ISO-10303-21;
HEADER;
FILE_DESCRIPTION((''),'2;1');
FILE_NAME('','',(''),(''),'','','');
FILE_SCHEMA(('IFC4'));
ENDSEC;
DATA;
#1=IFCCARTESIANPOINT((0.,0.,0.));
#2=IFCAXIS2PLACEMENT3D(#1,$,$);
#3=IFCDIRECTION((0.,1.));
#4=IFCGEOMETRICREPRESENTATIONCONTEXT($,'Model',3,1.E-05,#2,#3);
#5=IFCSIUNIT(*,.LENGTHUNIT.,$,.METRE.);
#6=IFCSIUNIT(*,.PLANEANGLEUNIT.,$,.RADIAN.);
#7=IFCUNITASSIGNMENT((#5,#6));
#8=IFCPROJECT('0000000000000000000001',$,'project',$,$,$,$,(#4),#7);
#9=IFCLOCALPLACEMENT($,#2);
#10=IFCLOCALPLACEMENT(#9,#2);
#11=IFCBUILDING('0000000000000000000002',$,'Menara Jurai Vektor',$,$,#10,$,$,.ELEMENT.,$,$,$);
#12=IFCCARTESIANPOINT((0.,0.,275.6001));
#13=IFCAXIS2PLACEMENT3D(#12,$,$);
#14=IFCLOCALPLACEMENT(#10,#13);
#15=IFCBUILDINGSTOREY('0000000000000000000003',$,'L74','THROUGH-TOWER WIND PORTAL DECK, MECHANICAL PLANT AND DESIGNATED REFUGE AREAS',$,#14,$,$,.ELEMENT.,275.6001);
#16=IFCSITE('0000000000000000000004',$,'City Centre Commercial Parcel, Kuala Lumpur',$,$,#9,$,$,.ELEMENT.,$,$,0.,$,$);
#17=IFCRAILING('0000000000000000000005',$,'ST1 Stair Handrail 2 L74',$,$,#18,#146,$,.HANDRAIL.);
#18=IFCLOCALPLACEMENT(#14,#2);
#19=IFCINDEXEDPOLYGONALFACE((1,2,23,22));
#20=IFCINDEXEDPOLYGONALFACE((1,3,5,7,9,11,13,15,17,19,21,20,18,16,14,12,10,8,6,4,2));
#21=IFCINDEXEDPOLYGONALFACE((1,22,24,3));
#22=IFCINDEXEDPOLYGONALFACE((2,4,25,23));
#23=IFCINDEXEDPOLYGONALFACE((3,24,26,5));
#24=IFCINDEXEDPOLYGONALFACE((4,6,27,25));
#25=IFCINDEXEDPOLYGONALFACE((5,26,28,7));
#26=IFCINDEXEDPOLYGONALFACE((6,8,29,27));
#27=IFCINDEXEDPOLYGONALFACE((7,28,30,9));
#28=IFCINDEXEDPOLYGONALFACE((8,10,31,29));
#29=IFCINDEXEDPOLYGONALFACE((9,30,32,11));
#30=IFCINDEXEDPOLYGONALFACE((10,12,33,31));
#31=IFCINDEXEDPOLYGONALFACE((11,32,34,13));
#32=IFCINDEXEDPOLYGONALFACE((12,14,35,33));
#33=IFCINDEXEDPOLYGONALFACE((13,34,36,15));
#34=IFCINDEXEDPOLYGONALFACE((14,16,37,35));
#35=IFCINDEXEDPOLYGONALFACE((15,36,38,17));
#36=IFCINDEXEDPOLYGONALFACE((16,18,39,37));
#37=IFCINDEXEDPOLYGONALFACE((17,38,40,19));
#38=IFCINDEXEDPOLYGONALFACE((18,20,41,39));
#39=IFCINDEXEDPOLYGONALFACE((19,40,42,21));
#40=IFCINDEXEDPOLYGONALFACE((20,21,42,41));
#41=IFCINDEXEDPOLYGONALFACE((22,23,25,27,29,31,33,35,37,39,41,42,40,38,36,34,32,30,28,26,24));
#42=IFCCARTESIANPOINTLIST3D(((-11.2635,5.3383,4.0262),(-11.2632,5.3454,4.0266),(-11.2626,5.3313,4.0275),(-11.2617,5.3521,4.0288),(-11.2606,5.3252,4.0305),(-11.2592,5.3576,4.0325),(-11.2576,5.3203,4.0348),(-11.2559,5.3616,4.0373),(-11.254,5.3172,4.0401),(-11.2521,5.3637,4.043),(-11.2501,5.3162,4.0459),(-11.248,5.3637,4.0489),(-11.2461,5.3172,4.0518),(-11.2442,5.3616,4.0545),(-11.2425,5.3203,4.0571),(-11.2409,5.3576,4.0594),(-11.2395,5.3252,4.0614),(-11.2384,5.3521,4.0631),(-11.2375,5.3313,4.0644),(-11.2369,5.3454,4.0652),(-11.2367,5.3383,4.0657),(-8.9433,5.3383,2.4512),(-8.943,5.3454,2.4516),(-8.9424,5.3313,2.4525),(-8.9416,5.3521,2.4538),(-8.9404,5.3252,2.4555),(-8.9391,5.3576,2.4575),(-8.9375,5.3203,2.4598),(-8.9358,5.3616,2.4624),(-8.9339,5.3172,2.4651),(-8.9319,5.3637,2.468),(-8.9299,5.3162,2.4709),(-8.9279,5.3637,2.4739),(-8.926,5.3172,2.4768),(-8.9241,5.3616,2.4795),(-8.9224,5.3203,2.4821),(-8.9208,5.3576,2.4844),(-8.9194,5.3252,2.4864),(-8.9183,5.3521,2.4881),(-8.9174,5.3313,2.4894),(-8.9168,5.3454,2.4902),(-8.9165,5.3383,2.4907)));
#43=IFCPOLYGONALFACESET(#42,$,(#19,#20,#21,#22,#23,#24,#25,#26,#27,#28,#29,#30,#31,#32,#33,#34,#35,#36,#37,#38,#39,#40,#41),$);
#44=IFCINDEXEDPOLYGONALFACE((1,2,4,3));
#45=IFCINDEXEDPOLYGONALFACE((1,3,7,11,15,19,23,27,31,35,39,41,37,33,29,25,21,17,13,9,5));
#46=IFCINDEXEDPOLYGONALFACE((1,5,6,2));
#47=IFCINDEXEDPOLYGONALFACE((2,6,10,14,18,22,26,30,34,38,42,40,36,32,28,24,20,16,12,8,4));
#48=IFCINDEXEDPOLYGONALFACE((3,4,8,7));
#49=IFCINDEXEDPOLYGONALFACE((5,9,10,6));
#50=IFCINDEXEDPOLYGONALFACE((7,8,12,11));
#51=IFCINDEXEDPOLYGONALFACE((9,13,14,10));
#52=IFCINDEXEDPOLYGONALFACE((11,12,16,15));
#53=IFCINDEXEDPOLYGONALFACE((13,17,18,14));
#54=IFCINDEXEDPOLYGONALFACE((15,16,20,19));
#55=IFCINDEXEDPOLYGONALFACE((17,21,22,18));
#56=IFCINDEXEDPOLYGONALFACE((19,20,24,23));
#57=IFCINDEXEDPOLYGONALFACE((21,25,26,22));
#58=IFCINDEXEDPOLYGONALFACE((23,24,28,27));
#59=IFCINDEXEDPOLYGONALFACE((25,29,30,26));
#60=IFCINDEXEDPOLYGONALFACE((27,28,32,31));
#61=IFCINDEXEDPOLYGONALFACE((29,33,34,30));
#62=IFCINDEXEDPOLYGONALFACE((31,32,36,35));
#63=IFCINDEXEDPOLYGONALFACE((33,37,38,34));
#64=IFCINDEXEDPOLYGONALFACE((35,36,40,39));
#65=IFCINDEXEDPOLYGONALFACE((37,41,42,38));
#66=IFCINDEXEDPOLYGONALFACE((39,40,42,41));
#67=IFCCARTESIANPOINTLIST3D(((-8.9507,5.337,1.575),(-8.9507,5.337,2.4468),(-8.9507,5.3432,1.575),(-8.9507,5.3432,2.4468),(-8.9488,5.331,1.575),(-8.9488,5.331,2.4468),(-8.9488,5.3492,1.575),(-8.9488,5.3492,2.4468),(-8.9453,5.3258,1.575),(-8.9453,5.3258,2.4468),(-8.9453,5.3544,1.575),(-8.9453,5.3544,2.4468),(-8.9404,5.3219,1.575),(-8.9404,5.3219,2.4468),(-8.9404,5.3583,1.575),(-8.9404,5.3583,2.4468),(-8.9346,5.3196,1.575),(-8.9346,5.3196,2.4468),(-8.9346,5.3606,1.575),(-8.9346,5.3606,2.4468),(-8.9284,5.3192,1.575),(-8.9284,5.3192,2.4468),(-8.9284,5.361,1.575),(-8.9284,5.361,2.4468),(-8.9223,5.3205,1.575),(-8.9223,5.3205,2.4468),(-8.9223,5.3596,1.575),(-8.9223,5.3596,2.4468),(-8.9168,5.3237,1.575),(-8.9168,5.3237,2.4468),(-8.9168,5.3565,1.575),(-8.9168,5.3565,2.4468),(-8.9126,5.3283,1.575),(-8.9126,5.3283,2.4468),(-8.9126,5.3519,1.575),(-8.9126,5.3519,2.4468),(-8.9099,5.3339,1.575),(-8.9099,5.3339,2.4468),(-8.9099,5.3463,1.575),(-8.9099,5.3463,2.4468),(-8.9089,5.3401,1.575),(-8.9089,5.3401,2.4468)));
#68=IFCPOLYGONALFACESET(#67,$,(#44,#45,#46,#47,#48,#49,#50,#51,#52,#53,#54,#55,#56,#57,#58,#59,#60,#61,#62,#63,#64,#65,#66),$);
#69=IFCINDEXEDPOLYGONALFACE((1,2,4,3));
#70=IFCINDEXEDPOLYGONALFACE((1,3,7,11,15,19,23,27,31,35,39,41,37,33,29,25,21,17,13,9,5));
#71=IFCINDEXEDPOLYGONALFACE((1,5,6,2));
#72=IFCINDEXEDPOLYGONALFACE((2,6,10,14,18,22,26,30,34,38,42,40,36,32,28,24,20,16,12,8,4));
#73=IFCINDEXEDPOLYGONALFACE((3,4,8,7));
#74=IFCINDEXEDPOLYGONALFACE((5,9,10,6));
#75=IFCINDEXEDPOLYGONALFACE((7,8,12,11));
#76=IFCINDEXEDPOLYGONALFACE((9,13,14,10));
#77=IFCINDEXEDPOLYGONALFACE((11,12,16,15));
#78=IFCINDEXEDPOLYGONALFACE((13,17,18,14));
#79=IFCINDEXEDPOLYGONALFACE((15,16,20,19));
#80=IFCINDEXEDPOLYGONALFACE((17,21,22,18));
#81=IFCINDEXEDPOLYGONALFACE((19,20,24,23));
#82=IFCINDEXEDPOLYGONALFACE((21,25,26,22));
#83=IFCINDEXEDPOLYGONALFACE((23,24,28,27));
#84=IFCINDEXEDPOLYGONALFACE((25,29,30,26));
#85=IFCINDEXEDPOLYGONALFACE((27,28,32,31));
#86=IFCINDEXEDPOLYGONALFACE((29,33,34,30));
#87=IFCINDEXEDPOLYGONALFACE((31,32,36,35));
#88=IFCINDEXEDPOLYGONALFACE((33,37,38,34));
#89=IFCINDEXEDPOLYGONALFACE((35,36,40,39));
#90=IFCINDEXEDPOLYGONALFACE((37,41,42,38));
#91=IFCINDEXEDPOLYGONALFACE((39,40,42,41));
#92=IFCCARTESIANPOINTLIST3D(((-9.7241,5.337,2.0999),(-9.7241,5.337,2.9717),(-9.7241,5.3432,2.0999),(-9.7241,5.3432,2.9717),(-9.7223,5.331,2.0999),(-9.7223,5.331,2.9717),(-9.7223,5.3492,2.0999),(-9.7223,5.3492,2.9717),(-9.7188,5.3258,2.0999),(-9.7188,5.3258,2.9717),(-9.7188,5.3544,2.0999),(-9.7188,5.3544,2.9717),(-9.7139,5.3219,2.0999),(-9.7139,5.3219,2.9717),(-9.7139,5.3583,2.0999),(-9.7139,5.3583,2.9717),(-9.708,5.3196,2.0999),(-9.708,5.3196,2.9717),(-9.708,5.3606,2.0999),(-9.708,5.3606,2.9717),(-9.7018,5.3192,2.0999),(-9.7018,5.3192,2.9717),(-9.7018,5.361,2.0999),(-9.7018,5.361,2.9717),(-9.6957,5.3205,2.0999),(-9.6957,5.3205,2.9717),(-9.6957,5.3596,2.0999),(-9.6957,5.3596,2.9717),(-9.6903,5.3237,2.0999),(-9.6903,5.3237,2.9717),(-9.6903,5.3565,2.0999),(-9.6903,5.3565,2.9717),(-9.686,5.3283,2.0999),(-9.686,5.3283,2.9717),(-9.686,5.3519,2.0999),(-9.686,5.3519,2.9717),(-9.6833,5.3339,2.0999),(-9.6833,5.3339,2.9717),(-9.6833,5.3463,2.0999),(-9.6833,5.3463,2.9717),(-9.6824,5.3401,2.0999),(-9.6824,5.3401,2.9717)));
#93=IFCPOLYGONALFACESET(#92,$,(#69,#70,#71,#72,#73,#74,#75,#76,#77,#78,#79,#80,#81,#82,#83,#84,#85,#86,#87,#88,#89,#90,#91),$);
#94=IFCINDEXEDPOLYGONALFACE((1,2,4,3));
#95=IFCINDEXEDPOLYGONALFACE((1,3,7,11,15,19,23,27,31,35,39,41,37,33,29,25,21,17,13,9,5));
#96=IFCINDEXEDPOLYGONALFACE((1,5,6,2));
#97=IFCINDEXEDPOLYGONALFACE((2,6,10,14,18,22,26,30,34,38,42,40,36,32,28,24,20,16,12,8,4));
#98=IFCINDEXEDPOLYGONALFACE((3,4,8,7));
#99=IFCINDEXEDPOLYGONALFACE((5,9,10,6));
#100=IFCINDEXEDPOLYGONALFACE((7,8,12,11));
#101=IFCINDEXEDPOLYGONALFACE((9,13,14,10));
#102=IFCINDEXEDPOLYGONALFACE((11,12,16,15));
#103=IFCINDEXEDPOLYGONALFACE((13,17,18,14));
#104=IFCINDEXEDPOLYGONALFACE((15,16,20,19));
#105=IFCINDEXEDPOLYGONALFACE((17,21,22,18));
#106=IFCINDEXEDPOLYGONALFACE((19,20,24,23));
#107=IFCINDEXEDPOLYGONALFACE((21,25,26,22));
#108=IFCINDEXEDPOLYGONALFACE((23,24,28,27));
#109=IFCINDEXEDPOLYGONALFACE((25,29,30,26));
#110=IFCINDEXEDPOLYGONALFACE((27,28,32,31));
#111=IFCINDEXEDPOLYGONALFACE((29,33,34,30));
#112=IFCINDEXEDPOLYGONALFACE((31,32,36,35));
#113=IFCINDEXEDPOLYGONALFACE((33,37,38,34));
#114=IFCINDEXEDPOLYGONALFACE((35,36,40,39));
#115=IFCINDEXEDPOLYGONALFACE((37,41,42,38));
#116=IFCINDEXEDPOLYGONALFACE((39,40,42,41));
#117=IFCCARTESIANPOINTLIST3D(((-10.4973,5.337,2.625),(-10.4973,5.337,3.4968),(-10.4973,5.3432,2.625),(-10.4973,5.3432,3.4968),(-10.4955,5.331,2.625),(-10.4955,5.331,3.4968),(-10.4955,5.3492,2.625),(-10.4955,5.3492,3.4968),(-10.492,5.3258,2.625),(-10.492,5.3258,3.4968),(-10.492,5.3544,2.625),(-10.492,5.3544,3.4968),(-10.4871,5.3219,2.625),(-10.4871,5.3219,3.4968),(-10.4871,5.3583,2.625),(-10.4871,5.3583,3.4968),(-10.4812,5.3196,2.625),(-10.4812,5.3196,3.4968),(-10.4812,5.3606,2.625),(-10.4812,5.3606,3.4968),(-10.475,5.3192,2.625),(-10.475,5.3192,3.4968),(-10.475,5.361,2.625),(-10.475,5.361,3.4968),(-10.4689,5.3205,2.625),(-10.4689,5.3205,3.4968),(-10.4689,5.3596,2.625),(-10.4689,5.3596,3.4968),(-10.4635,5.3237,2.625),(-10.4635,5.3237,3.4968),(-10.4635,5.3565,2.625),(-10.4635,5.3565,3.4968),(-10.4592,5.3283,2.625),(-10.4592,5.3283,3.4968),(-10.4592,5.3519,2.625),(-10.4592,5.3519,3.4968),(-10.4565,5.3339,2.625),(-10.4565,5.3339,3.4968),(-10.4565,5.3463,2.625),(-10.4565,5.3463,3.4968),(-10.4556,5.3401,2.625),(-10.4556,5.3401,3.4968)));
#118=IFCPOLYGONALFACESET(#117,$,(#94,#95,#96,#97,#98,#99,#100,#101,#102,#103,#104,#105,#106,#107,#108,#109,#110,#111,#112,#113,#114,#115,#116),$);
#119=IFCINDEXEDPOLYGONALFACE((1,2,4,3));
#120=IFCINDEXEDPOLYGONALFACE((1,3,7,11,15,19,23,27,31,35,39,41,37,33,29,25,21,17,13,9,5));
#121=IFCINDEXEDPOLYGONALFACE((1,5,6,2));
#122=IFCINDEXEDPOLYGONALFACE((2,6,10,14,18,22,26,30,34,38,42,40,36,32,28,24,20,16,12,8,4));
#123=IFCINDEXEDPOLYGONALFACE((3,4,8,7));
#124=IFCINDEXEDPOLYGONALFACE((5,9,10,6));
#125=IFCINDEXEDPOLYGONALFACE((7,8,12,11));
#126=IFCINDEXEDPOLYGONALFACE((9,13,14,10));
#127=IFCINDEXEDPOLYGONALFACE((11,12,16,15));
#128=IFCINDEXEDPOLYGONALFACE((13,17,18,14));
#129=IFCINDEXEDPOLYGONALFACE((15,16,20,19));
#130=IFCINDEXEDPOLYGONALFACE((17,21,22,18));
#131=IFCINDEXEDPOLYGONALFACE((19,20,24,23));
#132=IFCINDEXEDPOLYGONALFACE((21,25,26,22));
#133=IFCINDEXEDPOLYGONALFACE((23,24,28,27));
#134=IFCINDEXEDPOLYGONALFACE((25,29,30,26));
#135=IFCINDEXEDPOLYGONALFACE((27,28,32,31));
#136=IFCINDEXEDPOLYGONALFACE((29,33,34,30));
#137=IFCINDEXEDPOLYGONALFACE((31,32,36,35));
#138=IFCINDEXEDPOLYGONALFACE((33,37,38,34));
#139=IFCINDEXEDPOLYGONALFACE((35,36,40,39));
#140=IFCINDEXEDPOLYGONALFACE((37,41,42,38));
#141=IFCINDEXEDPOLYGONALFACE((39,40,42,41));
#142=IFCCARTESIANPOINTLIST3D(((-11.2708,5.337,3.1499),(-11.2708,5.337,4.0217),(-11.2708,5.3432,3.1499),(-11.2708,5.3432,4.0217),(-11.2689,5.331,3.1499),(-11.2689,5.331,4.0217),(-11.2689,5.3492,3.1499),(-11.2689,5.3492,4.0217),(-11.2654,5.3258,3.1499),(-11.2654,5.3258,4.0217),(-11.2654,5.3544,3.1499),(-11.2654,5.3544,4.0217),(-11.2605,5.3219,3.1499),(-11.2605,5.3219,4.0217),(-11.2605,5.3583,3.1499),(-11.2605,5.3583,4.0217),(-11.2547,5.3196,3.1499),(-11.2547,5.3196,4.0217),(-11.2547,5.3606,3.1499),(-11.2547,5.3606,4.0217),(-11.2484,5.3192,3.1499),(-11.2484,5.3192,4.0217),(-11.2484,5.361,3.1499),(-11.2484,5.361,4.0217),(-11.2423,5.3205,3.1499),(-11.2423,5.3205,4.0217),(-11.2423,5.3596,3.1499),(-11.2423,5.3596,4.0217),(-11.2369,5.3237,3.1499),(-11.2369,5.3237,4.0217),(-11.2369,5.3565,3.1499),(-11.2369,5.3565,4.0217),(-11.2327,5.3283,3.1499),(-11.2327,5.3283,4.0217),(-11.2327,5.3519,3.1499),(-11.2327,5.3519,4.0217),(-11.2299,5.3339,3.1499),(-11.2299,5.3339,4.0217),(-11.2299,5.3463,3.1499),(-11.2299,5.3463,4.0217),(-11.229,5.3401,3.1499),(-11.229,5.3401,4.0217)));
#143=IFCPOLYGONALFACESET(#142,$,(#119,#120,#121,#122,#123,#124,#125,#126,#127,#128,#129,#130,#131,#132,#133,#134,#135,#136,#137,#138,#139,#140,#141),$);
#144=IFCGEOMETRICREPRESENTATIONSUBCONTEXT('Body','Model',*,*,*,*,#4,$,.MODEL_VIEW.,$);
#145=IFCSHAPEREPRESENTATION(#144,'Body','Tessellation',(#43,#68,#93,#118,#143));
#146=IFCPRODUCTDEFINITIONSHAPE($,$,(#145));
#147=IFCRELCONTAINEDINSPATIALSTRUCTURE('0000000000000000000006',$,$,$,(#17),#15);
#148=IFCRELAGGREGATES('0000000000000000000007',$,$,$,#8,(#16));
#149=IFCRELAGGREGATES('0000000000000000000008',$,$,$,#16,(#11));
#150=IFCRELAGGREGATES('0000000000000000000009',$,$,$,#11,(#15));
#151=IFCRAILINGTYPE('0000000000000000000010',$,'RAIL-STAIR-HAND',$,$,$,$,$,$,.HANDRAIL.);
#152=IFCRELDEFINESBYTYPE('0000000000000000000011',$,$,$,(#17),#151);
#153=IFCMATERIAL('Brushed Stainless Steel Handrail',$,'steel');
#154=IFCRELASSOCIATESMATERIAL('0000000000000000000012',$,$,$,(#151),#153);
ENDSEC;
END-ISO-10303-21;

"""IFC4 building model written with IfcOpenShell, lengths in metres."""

from ifc_helpers import new_model, si_unit, direction, frame, origin, origin_2d, place, context, subcontext, project, spatial, circle, extrude, material, type_object, element, save


model = new_model("IFC4")

# Units and contexts
model_context = context("Model", 3, precision=1e-05, world=origin(), true_north=direction((0.0, 1.0)))
body_context = subcontext(model_context, "Body", "Model", "MODEL_VIEW")
ifc_project = project(units=[si_unit("LENGTHUNIT", "METRE"), si_unit("PLANEANGLEUNIT", "RADIAN")], contexts=[model_context])

# Site, building, storey
site_placement = place(None, origin())
site = spatial("IfcSite", under=ifc_project, at=site_placement, Name="City Centre Commercial Parcel, Kuala Lumpur", CompositionType="ELEMENT", RefElevation=0.0)
building_placement = place(site_placement, origin())
building = spatial("IfcBuilding", under=site, at=building_placement, Name="Menara Jurai Vektor", CompositionType="ELEMENT")
storey_placement = place(building_placement, frame((0.0, 0.0, 275.6001)))
storey = spatial("IfcBuildingStorey", under=building, at=storey_placement, Name="L74", Description="THROUGH-TOWER WIND PORTAL DECK, MECHANICAL PLANT AND DESIGNATED REFUGE AREAS", CompositionType="ELEMENT", Elevation=275.6001)

# Railing
ifc_material_1 = material(Name="Brushed Stainless Steel Handrail", Category="steel")
railing_type = type_object("IfcRailingType", Name="RAIL-STAIR-HAND", PredefinedType="HANDRAIL", material=ifc_material_1)
for number, where, name in (
    (1, (-8.9299, 5.3401, 1.575), "ST1 Stair Handrail 2 L74"),
):
    element("IfcRailing", number, at=place(storey_placement, frame(where)), inside=storey, type_object=railing_type, Name=name, PredefinedType="HANDRAIL", context=body_context, shape_type="SweptSolid", body=[
        extrude(circle(Radius=0.0239, at=origin_2d()), frame((0.0, 0.0, 0.896), z_axis=(-0.827373, 0.0, 0.561653), x_axis=(0.0, -1.0, 0.0)), (0.0, 0.0, 1.0), 2.8042),
        extrude(circle(Radius=0.021, at=origin_2d()), origin(), (0.0, 0.0, 1.0), 0.8718),
        extrude(circle(Radius=0.021, at=origin_2d()), frame((-0.7734, 0.0, 0.5249)), (0.0, 0.0, 1.0), 0.8718),
        extrude(circle(Radius=0.021, at=origin_2d()), frame((-1.5466, 0.0, 1.05)), (0.0, 0.0, 1.0), 0.8718),
        extrude(circle(Radius=0.021, at=origin_2d()), frame((-2.3201, 0.0, 1.575)), (0.0, 0.0, 1.0), 0.8718),
    ])

save(model, "model.ifc")
